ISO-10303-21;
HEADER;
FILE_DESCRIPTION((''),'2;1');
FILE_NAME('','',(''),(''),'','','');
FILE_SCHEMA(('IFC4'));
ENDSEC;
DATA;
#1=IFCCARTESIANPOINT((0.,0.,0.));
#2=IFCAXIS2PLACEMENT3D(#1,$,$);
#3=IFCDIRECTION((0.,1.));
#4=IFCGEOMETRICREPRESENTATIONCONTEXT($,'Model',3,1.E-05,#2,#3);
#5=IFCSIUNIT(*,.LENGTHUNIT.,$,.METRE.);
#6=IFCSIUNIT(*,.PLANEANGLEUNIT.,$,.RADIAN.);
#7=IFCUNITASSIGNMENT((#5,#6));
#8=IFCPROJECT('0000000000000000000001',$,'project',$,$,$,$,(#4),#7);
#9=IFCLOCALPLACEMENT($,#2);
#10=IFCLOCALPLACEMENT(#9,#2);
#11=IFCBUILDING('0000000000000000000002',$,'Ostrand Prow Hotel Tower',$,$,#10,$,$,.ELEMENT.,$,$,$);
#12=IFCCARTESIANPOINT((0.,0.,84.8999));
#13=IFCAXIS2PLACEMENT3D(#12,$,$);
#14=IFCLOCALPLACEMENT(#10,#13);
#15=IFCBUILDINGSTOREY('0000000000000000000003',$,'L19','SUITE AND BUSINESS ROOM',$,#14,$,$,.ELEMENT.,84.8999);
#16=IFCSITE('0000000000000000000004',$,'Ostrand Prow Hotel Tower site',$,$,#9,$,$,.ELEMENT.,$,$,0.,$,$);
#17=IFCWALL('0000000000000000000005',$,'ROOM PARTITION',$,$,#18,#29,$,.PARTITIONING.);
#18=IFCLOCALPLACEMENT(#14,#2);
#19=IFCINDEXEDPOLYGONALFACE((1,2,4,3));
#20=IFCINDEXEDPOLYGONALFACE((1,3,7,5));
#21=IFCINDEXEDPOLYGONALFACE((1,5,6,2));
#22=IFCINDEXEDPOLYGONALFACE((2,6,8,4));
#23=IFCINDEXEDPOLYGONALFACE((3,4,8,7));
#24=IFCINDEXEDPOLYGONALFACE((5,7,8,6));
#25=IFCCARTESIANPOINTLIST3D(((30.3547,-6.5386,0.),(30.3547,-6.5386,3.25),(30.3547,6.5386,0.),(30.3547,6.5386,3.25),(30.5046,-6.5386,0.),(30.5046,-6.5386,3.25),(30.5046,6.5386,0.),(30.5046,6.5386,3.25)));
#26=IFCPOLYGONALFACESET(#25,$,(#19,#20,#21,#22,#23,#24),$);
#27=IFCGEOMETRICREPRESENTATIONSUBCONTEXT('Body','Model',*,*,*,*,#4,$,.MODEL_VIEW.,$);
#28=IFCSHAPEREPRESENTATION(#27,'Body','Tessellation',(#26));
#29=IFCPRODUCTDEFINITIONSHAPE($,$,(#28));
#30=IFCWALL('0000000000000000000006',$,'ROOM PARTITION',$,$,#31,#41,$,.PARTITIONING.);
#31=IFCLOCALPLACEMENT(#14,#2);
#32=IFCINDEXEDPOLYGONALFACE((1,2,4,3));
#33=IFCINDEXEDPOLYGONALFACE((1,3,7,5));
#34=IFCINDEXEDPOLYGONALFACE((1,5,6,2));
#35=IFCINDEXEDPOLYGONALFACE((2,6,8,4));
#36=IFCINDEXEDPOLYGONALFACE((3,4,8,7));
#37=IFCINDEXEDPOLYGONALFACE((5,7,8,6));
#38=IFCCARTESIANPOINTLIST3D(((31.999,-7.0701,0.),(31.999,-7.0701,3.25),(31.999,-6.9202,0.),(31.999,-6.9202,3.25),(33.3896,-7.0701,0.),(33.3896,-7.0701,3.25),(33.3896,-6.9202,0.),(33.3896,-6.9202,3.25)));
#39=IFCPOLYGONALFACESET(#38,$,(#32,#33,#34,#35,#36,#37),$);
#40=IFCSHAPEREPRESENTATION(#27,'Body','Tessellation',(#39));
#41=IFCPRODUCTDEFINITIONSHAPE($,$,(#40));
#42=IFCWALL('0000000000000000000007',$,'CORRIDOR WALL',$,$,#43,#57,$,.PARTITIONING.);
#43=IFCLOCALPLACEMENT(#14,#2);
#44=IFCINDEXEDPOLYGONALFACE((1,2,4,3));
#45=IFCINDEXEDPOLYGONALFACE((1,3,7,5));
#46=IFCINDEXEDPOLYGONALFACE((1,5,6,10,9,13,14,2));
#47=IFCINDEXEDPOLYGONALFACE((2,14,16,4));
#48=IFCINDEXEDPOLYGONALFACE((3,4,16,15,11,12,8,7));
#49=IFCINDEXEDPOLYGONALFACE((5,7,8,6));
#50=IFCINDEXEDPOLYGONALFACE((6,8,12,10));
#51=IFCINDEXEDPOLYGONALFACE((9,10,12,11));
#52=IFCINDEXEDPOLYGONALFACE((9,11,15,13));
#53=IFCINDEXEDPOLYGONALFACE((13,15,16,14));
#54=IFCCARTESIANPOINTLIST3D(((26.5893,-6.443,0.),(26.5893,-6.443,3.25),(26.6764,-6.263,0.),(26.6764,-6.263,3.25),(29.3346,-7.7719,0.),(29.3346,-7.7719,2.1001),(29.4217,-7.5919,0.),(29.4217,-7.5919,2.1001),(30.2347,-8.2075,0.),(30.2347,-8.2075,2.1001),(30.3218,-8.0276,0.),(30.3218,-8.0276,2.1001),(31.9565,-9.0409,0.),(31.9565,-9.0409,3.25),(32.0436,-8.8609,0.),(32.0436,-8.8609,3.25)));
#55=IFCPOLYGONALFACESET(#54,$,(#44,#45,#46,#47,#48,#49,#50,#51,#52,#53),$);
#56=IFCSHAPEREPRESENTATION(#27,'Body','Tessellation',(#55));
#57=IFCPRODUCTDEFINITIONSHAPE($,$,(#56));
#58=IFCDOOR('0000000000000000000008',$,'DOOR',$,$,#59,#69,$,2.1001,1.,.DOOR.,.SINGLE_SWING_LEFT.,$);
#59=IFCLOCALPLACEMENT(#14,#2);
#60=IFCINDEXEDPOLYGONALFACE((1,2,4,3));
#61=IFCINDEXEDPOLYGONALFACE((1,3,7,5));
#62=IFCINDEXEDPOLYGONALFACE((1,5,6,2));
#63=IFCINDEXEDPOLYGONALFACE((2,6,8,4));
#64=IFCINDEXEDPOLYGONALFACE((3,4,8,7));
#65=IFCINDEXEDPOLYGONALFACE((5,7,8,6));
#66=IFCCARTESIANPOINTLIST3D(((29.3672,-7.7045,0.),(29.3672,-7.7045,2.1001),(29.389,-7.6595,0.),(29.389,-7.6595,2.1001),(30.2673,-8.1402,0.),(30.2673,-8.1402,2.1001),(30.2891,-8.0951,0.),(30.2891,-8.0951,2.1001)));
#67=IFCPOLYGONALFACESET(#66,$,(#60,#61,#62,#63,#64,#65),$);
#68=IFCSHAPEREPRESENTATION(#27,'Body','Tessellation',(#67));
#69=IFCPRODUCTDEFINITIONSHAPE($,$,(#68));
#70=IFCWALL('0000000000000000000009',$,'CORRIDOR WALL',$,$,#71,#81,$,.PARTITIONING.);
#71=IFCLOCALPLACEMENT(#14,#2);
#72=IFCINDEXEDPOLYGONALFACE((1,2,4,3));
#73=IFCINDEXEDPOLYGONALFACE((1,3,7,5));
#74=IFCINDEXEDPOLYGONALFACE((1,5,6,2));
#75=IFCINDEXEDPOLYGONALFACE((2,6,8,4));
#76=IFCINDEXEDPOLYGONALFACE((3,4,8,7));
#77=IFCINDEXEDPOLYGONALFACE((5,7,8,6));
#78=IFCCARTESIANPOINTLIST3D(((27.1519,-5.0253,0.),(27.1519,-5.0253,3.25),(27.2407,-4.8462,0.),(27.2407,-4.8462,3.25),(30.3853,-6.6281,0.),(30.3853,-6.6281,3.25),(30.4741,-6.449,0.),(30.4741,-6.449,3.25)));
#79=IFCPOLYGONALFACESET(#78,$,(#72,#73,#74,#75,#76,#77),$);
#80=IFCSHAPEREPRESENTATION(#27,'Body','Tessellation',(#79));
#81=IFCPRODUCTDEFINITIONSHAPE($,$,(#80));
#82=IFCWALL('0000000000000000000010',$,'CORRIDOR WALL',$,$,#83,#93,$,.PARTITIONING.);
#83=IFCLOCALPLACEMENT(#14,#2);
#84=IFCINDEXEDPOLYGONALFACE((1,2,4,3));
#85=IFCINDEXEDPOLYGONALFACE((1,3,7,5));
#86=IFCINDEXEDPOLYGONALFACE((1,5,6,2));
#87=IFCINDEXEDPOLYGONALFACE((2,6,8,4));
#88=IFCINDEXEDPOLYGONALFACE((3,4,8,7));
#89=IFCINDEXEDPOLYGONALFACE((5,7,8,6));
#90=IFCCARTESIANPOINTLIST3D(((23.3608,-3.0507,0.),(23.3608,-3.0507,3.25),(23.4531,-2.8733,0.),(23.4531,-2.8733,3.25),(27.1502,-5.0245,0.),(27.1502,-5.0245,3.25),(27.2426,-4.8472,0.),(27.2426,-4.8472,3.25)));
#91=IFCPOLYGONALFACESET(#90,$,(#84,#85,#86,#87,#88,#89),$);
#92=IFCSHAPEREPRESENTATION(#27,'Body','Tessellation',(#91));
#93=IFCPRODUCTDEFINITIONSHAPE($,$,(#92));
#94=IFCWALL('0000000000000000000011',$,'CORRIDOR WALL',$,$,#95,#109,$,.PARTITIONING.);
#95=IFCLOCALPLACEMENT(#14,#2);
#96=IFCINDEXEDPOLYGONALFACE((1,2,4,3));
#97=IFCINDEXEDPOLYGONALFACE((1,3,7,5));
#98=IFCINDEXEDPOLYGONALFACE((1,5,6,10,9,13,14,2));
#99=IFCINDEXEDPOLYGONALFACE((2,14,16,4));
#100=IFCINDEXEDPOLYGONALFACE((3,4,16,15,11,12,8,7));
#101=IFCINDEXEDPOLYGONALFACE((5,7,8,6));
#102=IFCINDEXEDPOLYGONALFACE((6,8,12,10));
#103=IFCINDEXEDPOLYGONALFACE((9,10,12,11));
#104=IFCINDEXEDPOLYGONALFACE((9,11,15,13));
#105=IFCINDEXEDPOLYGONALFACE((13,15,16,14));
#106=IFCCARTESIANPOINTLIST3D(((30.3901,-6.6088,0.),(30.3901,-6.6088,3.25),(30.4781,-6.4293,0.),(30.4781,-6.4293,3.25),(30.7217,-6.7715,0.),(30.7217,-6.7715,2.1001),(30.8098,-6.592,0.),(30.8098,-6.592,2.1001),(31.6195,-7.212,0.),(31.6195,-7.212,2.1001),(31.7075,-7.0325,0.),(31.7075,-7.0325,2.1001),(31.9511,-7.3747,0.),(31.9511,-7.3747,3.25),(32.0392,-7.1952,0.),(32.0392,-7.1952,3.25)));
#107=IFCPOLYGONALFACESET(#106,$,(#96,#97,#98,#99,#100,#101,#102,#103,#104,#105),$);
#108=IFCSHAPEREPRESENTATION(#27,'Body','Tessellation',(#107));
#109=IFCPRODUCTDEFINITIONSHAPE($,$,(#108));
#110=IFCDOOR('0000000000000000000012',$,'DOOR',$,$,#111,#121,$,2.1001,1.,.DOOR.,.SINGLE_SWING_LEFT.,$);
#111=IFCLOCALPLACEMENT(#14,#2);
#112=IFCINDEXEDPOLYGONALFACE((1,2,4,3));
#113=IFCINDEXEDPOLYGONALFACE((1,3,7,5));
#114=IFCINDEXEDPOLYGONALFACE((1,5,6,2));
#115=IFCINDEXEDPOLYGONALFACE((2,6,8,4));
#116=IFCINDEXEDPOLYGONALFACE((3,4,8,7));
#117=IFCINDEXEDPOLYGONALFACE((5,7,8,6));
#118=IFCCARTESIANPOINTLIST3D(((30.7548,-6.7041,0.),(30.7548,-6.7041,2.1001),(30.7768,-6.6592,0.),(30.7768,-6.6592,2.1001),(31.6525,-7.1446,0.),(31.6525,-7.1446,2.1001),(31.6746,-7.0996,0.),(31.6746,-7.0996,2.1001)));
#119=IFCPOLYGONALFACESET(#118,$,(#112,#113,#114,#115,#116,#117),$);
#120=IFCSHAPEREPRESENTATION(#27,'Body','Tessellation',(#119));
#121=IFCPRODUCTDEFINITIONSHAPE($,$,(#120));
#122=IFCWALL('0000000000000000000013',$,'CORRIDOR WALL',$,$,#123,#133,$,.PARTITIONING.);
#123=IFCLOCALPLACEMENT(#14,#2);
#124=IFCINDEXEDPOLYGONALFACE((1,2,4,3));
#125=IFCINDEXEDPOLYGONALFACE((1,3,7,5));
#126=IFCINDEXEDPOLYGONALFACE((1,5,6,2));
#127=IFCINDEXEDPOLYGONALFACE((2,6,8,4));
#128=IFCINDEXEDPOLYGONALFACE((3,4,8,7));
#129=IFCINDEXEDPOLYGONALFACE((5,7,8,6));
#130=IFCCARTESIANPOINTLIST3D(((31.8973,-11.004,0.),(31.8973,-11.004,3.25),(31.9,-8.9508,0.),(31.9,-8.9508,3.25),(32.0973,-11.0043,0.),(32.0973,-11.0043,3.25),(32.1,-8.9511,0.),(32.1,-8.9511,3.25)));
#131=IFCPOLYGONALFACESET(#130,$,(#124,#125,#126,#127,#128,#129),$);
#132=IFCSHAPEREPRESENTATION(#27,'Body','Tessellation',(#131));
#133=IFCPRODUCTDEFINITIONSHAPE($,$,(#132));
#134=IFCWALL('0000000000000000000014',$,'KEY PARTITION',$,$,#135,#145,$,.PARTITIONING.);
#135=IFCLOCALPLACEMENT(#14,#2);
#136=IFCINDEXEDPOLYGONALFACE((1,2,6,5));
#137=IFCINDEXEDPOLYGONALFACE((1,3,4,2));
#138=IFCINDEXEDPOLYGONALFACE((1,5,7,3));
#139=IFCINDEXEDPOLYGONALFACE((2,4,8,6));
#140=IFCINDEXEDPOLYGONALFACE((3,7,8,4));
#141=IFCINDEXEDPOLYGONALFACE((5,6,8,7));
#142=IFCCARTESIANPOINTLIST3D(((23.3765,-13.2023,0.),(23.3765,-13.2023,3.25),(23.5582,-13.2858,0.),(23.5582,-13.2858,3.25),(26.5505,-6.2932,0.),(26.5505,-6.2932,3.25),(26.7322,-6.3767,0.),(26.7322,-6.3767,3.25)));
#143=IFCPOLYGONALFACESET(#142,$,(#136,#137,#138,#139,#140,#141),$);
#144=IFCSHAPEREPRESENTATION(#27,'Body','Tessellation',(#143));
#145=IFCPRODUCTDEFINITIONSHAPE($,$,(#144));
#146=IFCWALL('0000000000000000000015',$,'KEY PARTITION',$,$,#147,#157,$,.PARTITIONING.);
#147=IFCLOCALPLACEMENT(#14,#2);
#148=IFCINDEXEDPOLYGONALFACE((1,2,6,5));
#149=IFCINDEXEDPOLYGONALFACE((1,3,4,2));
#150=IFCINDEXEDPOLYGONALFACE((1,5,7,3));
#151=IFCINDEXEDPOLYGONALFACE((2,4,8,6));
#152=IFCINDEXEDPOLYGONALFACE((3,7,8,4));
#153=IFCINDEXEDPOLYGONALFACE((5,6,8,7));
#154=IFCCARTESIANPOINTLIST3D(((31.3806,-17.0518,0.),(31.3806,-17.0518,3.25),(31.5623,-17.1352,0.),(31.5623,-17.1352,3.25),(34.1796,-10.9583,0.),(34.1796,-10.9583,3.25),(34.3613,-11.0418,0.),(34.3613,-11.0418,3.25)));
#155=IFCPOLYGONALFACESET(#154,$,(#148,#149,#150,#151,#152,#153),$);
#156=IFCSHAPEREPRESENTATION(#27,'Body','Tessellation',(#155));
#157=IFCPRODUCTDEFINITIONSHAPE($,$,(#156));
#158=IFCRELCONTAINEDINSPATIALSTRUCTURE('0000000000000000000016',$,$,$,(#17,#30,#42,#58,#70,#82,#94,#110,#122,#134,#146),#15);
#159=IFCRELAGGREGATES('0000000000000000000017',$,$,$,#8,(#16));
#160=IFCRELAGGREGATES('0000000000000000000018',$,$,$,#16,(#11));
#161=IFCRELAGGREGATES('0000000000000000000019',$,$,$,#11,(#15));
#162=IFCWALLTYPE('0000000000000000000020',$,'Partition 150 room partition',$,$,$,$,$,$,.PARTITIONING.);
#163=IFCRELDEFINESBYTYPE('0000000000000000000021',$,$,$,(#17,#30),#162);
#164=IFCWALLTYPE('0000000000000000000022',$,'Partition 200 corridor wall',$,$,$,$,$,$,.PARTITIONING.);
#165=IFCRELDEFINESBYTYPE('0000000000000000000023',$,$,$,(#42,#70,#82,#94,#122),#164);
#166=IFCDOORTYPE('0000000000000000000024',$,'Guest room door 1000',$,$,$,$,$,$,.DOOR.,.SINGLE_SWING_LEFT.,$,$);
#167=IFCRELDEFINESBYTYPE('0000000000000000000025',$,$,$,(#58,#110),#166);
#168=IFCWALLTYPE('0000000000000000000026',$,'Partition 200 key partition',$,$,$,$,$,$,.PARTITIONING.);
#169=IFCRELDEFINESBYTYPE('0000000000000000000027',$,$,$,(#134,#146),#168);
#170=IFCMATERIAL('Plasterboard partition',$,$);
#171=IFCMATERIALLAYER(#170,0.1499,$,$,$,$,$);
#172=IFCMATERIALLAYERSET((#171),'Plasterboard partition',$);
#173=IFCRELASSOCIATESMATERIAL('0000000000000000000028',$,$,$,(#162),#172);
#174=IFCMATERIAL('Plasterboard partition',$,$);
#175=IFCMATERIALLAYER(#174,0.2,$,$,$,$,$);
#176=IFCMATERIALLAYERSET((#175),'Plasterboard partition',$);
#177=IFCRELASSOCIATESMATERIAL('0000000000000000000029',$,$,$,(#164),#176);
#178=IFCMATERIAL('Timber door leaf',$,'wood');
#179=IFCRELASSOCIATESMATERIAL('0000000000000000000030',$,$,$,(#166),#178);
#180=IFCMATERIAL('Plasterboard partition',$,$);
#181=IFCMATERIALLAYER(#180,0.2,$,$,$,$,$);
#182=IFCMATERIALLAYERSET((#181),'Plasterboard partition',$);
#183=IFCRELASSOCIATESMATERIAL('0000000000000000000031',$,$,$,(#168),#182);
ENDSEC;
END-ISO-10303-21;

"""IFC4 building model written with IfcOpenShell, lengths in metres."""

from ifc_helpers import new_model, si_unit, direction, frame, frame_2d, origin, place, context, subcontext, project, spatial, rectangle, extrude, material, layer, layer_set, type_object, element, fill, save


model = new_model("IFC4")

# Units and contexts
model_context = context("Model", 3, precision=1e-05, world=origin(), true_north=direction((0.0, 1.0)))
body_context = subcontext(model_context, "Body", "Model", "MODEL_VIEW")
ifc_project = project(units=[si_unit("LENGTHUNIT", "METRE"), si_unit("PLANEANGLEUNIT", "RADIAN")], contexts=[model_context])

# Site, building, storey
site_placement = place(None, origin())
site = spatial("IfcSite", under=ifc_project, at=site_placement, Name="Ostrand Prow Hotel Tower site", CompositionType="ELEMENT", RefElevation=0.0)
building_placement = place(site_placement, origin())
building = spatial("IfcBuilding", under=site, at=building_placement, Name="Ostrand Prow Hotel Tower", CompositionType="ELEMENT")
storey_placement = place(building_placement, frame((0.0, 0.0, 84.8999)))
storey = spatial("IfcBuildingStorey", under=building, at=storey_placement, Name="L19", Description="SUITE AND BUSINESS ROOM", CompositionType="ELEMENT", Elevation=84.8999)

# Walls
ifc_material_1 = material(Name="Plasterboard partition")
ifc_layer_1 = layer(ifc_material_1, 0.1499)
ifc_layer_set_1 = layer_set([ifc_layer_1], Name="Plasterboard partition")
wall_type_1 = type_object("IfcWallType", Name="Partition 150 room partition", PredefinedType="PARTITIONING", material=ifc_layer_set_1)
wall_1_placement = place(storey_placement, frame((30.4297, -6.5386, 0.0), z_axis=(0.0, 0.0, 1.0), x_axis=(0.0, 1.0, 0.0)))
element("IfcWall", 1, at=wall_1_placement, inside=storey, type_object=wall_type_1, Name="ROOM PARTITION", PredefinedType="PARTITIONING", context=body_context, shape_type="SweptSolid", body=[
    extrude(rectangle(XDim=13.0771, YDim=0.1499, at=frame_2d((6.5386, 0.0))), origin(), (0.0, 0.0, 1.0), 3.25),
])
wall_2_placement = place(storey_placement, frame((33.3896, -6.9951, 0.0), z_axis=(0.0, 0.0, 1.0), x_axis=(-1.0, 0.0, 0.0)))
element("IfcWall", 2, at=wall_2_placement, inside=storey, type_object=wall_type_1, Name="ROOM PARTITION", PredefinedType="PARTITIONING", context=body_context, shape_type="SweptSolid", body=[
    extrude(rectangle(XDim=1.3906, YDim=0.1499, at=frame_2d((0.6953, 0.0))), origin(), (0.0, 0.0, 1.0), 3.25),
])

# Wall, opening, door
ifc_material_2 = material(Name="Plasterboard partition")
ifc_layer_2 = layer(ifc_material_2, 0.2)
ifc_layer_set_2 = layer_set([ifc_layer_2], Name="Plasterboard partition")
wall_type_2 = type_object("IfcWallType", Name="Partition 200 corridor wall", PredefinedType="PARTITIONING", material=ifc_layer_set_2)
wall_3_placement = place(storey_placement, frame((26.6328, -6.353, 0.0), z_axis=(0.0, 0.0, 1.0), x_axis=(0.900102, -0.43568, 0.0)))
wall_3 = element("IfcWall", 3, at=wall_3_placement, inside=storey, type_object=wall_type_2, Name="CORRIDOR WALL", PredefinedType="PARTITIONING", context=body_context, shape_type="SweptSolid", body=[
    extrude(rectangle(XDim=5.9629, YDim=0.2, at=frame_2d((2.9814, 0.0))), origin(), (0.0, 0.0, 1.0), 3.25),
])
opening_1_placement = place(wall_3_placement, frame((3.05, 0.0, 0.0)))
opening_1 = element("IfcOpeningElement", 4, at=opening_1_placement, cuts=wall_3, PredefinedType="OPENING", context=body_context, shape_type="SweptSolid", body=[
    extrude(rectangle(XDim=1.0, YDim=2.1001, at=frame_2d((0.5, 1.05))), frame((0.0, 0.1099, 0.0), z_axis=(0.0, -1.0, 0.0), x_axis=(1.0, 0.0, 0.0)), (0.0, 0.0, 1.0), 0.22),
])
ifc_material_3 = material(Name="Timber door leaf", Category="wood")
door_type_1 = type_object("IfcDoorType", Name="Guest room door 1000", OperationType="SINGLE_SWING_LEFT", PredefinedType="DOOR", material=ifc_material_3)
door_1_placement = place(opening_1_placement, origin())
door_1 = element("IfcDoor", 5, at=door_1_placement, inside=storey, type_object=door_type_1, Name="DOOR", OperationType="SINGLE_SWING_LEFT", OverallHeight=2.1001, OverallWidth=1.0, PredefinedType="DOOR", context=body_context, shape_type="SweptSolid", body=[
    extrude(rectangle(XDim=1.0, YDim=2.1001, at=frame_2d((0.5, 1.05))), frame((0.0, 0.0249, 0.0), z_axis=(0.0, -1.0, 0.0), x_axis=(1.0, 0.0, 0.0)), (0.0, 0.0, 1.0), 0.05),
])
fill(opening_1, door_1)

# Walls
wall_4_placement = place(storey_placement, frame((30.4297, -6.5386, 0.0), z_axis=(0.0, 0.0, 1.0), x_axis=(-0.895964, 0.444126, 0.0)))
element("IfcWall", 6, at=wall_4_placement, inside=storey, type_object=wall_type_2, Name="CORRIDOR WALL", PredefinedType="PARTITIONING", context=body_context, shape_type="SweptSolid", body=[
    extrude(rectangle(XDim=3.6089, YDim=0.2, at=frame_2d((1.8044, 0.0))), origin(), (0.0, 0.0, 1.0), 3.25),
])
wall_5_placement = place(storey_placement, frame((27.1963, -4.9358, 0.0), z_axis=(0.0, 0.0, 1.0), x_axis=(-0.886899, 0.461963, 0.0)))
element("IfcWall", 7, at=wall_5_placement, inside=storey, type_object=wall_type_2, Name="CORRIDOR WALL", PredefinedType="PARTITIONING", context=body_context, shape_type="SweptSolid", body=[
    extrude(rectangle(XDim=4.2727, YDim=0.2, at=frame_2d((2.1362, 0.0))), origin(), (0.0, 0.0, 1.0), 3.25),
])

# Wall, opening, door
wall_6_placement = place(storey_placement, frame((31.9951, -7.2849, 0.0), z_axis=(0.0, 0.0, 1.0), x_axis=(-0.897772, 0.440461, 0.0)))
wall_6 = element("IfcWall", 8, at=wall_6_placement, inside=storey, type_object=wall_type_2, Name="CORRIDOR WALL", PredefinedType="PARTITIONING", context=body_context, shape_type="SweptSolid", body=[
    extrude(rectangle(XDim=1.7388, YDim=0.2, at=frame_2d((0.8694, 0.0))), origin(), (0.0, 0.0, 1.0), 3.25),
])
opening_2_placement = place(wall_6_placement, frame((0.3694, 0.0, 0.0)))
opening_2 = element("IfcOpeningElement", 9, at=opening_2_placement, cuts=wall_6, PredefinedType="OPENING", context=body_context, shape_type="SweptSolid", body=[
    extrude(rectangle(XDim=1.0, YDim=2.1001, at=frame_2d((0.5, 1.05))), frame((0.0, 0.1099, 0.0), z_axis=(0.0, -1.0, 0.0), x_axis=(1.0, 0.0, 0.0)), (0.0, 0.0, 1.0), 0.22),
])
door_2_placement = place(opening_2_placement, origin())
door_2 = element("IfcDoor", 10, at=door_2_placement, inside=storey, type_object=door_type_1, Name="DOOR", OperationType="SINGLE_SWING_LEFT", OverallHeight=2.1001, OverallWidth=1.0, PredefinedType="DOOR", context=body_context, shape_type="SweptSolid", body=[
    extrude(rectangle(XDim=1.0, YDim=2.1001, at=frame_2d((0.5, 1.05))), frame((0.0, 0.0249, 0.0), z_axis=(0.0, -1.0, 0.0), x_axis=(1.0, 0.0, 0.0)), (0.0, 0.0, 1.0), 0.05),
])
fill(opening_2, door_2)

# Walls
wall_7_placement = place(storey_placement, frame((32.0, -8.9509, 0.0), z_axis=(0.0, 0.0, 1.0), x_axis=(-0.001308, -0.999999, 0.0)))
element("IfcWall", 11, at=wall_7_placement, inside=storey, type_object=wall_type_2, Name="CORRIDOR WALL", PredefinedType="PARTITIONING", context=body_context, shape_type="SweptSolid", body=[
    extrude(rectangle(XDim=2.0532, YDim=0.2, at=frame_2d((1.0266, 0.0))), origin(), (0.0, 0.0, 1.0), 3.25),
])
ifc_material_4 = material(Name="Plasterboard partition")
ifc_layer_3 = layer(ifc_material_4, 0.2)
ifc_layer_set_3 = layer_set([ifc_layer_3], Name="Plasterboard partition")
wall_type_3 = type_object("IfcWallType", Name="Partition 200 key partition", PredefinedType="PARTITIONING", material=ifc_layer_set_3)
wall_8_placement = place(storey_placement, frame((23.4673, -13.2441, 0.0), z_axis=(0.0, 0.0, 1.0), x_axis=(0.417455, 0.908698, 0.0)))
element("IfcWall", 12, at=wall_8_placement, inside=storey, type_object=wall_type_3, Name="KEY PARTITION", PredefinedType="PARTITIONING", context=body_context, shape_type="SweptSolid", body=[
    extrude(rectangle(XDim=7.6033, YDim=0.2, at=frame_2d((3.8018, 0.0))), origin(), (0.0, 0.0, 1.0), 3.25),
])
wall_9_placement = place(storey_placement, frame((31.4714, -17.0935, 0.0), z_axis=(0.0, 0.0, 1.0), x_axis=(0.417421, 0.908713, 0.0)))
element("IfcWall", 13, at=wall_9_placement, inside=storey, type_object=wall_type_3, Name="KEY PARTITION", PredefinedType="PARTITIONING", context=body_context, shape_type="SweptSolid", body=[
    extrude(rectangle(XDim=6.7056, YDim=0.2, at=frame_2d((3.3528, 0.0))), origin(), (0.0, 0.0, 1.0), 3.25),
])

save(model, "model.ifc")
